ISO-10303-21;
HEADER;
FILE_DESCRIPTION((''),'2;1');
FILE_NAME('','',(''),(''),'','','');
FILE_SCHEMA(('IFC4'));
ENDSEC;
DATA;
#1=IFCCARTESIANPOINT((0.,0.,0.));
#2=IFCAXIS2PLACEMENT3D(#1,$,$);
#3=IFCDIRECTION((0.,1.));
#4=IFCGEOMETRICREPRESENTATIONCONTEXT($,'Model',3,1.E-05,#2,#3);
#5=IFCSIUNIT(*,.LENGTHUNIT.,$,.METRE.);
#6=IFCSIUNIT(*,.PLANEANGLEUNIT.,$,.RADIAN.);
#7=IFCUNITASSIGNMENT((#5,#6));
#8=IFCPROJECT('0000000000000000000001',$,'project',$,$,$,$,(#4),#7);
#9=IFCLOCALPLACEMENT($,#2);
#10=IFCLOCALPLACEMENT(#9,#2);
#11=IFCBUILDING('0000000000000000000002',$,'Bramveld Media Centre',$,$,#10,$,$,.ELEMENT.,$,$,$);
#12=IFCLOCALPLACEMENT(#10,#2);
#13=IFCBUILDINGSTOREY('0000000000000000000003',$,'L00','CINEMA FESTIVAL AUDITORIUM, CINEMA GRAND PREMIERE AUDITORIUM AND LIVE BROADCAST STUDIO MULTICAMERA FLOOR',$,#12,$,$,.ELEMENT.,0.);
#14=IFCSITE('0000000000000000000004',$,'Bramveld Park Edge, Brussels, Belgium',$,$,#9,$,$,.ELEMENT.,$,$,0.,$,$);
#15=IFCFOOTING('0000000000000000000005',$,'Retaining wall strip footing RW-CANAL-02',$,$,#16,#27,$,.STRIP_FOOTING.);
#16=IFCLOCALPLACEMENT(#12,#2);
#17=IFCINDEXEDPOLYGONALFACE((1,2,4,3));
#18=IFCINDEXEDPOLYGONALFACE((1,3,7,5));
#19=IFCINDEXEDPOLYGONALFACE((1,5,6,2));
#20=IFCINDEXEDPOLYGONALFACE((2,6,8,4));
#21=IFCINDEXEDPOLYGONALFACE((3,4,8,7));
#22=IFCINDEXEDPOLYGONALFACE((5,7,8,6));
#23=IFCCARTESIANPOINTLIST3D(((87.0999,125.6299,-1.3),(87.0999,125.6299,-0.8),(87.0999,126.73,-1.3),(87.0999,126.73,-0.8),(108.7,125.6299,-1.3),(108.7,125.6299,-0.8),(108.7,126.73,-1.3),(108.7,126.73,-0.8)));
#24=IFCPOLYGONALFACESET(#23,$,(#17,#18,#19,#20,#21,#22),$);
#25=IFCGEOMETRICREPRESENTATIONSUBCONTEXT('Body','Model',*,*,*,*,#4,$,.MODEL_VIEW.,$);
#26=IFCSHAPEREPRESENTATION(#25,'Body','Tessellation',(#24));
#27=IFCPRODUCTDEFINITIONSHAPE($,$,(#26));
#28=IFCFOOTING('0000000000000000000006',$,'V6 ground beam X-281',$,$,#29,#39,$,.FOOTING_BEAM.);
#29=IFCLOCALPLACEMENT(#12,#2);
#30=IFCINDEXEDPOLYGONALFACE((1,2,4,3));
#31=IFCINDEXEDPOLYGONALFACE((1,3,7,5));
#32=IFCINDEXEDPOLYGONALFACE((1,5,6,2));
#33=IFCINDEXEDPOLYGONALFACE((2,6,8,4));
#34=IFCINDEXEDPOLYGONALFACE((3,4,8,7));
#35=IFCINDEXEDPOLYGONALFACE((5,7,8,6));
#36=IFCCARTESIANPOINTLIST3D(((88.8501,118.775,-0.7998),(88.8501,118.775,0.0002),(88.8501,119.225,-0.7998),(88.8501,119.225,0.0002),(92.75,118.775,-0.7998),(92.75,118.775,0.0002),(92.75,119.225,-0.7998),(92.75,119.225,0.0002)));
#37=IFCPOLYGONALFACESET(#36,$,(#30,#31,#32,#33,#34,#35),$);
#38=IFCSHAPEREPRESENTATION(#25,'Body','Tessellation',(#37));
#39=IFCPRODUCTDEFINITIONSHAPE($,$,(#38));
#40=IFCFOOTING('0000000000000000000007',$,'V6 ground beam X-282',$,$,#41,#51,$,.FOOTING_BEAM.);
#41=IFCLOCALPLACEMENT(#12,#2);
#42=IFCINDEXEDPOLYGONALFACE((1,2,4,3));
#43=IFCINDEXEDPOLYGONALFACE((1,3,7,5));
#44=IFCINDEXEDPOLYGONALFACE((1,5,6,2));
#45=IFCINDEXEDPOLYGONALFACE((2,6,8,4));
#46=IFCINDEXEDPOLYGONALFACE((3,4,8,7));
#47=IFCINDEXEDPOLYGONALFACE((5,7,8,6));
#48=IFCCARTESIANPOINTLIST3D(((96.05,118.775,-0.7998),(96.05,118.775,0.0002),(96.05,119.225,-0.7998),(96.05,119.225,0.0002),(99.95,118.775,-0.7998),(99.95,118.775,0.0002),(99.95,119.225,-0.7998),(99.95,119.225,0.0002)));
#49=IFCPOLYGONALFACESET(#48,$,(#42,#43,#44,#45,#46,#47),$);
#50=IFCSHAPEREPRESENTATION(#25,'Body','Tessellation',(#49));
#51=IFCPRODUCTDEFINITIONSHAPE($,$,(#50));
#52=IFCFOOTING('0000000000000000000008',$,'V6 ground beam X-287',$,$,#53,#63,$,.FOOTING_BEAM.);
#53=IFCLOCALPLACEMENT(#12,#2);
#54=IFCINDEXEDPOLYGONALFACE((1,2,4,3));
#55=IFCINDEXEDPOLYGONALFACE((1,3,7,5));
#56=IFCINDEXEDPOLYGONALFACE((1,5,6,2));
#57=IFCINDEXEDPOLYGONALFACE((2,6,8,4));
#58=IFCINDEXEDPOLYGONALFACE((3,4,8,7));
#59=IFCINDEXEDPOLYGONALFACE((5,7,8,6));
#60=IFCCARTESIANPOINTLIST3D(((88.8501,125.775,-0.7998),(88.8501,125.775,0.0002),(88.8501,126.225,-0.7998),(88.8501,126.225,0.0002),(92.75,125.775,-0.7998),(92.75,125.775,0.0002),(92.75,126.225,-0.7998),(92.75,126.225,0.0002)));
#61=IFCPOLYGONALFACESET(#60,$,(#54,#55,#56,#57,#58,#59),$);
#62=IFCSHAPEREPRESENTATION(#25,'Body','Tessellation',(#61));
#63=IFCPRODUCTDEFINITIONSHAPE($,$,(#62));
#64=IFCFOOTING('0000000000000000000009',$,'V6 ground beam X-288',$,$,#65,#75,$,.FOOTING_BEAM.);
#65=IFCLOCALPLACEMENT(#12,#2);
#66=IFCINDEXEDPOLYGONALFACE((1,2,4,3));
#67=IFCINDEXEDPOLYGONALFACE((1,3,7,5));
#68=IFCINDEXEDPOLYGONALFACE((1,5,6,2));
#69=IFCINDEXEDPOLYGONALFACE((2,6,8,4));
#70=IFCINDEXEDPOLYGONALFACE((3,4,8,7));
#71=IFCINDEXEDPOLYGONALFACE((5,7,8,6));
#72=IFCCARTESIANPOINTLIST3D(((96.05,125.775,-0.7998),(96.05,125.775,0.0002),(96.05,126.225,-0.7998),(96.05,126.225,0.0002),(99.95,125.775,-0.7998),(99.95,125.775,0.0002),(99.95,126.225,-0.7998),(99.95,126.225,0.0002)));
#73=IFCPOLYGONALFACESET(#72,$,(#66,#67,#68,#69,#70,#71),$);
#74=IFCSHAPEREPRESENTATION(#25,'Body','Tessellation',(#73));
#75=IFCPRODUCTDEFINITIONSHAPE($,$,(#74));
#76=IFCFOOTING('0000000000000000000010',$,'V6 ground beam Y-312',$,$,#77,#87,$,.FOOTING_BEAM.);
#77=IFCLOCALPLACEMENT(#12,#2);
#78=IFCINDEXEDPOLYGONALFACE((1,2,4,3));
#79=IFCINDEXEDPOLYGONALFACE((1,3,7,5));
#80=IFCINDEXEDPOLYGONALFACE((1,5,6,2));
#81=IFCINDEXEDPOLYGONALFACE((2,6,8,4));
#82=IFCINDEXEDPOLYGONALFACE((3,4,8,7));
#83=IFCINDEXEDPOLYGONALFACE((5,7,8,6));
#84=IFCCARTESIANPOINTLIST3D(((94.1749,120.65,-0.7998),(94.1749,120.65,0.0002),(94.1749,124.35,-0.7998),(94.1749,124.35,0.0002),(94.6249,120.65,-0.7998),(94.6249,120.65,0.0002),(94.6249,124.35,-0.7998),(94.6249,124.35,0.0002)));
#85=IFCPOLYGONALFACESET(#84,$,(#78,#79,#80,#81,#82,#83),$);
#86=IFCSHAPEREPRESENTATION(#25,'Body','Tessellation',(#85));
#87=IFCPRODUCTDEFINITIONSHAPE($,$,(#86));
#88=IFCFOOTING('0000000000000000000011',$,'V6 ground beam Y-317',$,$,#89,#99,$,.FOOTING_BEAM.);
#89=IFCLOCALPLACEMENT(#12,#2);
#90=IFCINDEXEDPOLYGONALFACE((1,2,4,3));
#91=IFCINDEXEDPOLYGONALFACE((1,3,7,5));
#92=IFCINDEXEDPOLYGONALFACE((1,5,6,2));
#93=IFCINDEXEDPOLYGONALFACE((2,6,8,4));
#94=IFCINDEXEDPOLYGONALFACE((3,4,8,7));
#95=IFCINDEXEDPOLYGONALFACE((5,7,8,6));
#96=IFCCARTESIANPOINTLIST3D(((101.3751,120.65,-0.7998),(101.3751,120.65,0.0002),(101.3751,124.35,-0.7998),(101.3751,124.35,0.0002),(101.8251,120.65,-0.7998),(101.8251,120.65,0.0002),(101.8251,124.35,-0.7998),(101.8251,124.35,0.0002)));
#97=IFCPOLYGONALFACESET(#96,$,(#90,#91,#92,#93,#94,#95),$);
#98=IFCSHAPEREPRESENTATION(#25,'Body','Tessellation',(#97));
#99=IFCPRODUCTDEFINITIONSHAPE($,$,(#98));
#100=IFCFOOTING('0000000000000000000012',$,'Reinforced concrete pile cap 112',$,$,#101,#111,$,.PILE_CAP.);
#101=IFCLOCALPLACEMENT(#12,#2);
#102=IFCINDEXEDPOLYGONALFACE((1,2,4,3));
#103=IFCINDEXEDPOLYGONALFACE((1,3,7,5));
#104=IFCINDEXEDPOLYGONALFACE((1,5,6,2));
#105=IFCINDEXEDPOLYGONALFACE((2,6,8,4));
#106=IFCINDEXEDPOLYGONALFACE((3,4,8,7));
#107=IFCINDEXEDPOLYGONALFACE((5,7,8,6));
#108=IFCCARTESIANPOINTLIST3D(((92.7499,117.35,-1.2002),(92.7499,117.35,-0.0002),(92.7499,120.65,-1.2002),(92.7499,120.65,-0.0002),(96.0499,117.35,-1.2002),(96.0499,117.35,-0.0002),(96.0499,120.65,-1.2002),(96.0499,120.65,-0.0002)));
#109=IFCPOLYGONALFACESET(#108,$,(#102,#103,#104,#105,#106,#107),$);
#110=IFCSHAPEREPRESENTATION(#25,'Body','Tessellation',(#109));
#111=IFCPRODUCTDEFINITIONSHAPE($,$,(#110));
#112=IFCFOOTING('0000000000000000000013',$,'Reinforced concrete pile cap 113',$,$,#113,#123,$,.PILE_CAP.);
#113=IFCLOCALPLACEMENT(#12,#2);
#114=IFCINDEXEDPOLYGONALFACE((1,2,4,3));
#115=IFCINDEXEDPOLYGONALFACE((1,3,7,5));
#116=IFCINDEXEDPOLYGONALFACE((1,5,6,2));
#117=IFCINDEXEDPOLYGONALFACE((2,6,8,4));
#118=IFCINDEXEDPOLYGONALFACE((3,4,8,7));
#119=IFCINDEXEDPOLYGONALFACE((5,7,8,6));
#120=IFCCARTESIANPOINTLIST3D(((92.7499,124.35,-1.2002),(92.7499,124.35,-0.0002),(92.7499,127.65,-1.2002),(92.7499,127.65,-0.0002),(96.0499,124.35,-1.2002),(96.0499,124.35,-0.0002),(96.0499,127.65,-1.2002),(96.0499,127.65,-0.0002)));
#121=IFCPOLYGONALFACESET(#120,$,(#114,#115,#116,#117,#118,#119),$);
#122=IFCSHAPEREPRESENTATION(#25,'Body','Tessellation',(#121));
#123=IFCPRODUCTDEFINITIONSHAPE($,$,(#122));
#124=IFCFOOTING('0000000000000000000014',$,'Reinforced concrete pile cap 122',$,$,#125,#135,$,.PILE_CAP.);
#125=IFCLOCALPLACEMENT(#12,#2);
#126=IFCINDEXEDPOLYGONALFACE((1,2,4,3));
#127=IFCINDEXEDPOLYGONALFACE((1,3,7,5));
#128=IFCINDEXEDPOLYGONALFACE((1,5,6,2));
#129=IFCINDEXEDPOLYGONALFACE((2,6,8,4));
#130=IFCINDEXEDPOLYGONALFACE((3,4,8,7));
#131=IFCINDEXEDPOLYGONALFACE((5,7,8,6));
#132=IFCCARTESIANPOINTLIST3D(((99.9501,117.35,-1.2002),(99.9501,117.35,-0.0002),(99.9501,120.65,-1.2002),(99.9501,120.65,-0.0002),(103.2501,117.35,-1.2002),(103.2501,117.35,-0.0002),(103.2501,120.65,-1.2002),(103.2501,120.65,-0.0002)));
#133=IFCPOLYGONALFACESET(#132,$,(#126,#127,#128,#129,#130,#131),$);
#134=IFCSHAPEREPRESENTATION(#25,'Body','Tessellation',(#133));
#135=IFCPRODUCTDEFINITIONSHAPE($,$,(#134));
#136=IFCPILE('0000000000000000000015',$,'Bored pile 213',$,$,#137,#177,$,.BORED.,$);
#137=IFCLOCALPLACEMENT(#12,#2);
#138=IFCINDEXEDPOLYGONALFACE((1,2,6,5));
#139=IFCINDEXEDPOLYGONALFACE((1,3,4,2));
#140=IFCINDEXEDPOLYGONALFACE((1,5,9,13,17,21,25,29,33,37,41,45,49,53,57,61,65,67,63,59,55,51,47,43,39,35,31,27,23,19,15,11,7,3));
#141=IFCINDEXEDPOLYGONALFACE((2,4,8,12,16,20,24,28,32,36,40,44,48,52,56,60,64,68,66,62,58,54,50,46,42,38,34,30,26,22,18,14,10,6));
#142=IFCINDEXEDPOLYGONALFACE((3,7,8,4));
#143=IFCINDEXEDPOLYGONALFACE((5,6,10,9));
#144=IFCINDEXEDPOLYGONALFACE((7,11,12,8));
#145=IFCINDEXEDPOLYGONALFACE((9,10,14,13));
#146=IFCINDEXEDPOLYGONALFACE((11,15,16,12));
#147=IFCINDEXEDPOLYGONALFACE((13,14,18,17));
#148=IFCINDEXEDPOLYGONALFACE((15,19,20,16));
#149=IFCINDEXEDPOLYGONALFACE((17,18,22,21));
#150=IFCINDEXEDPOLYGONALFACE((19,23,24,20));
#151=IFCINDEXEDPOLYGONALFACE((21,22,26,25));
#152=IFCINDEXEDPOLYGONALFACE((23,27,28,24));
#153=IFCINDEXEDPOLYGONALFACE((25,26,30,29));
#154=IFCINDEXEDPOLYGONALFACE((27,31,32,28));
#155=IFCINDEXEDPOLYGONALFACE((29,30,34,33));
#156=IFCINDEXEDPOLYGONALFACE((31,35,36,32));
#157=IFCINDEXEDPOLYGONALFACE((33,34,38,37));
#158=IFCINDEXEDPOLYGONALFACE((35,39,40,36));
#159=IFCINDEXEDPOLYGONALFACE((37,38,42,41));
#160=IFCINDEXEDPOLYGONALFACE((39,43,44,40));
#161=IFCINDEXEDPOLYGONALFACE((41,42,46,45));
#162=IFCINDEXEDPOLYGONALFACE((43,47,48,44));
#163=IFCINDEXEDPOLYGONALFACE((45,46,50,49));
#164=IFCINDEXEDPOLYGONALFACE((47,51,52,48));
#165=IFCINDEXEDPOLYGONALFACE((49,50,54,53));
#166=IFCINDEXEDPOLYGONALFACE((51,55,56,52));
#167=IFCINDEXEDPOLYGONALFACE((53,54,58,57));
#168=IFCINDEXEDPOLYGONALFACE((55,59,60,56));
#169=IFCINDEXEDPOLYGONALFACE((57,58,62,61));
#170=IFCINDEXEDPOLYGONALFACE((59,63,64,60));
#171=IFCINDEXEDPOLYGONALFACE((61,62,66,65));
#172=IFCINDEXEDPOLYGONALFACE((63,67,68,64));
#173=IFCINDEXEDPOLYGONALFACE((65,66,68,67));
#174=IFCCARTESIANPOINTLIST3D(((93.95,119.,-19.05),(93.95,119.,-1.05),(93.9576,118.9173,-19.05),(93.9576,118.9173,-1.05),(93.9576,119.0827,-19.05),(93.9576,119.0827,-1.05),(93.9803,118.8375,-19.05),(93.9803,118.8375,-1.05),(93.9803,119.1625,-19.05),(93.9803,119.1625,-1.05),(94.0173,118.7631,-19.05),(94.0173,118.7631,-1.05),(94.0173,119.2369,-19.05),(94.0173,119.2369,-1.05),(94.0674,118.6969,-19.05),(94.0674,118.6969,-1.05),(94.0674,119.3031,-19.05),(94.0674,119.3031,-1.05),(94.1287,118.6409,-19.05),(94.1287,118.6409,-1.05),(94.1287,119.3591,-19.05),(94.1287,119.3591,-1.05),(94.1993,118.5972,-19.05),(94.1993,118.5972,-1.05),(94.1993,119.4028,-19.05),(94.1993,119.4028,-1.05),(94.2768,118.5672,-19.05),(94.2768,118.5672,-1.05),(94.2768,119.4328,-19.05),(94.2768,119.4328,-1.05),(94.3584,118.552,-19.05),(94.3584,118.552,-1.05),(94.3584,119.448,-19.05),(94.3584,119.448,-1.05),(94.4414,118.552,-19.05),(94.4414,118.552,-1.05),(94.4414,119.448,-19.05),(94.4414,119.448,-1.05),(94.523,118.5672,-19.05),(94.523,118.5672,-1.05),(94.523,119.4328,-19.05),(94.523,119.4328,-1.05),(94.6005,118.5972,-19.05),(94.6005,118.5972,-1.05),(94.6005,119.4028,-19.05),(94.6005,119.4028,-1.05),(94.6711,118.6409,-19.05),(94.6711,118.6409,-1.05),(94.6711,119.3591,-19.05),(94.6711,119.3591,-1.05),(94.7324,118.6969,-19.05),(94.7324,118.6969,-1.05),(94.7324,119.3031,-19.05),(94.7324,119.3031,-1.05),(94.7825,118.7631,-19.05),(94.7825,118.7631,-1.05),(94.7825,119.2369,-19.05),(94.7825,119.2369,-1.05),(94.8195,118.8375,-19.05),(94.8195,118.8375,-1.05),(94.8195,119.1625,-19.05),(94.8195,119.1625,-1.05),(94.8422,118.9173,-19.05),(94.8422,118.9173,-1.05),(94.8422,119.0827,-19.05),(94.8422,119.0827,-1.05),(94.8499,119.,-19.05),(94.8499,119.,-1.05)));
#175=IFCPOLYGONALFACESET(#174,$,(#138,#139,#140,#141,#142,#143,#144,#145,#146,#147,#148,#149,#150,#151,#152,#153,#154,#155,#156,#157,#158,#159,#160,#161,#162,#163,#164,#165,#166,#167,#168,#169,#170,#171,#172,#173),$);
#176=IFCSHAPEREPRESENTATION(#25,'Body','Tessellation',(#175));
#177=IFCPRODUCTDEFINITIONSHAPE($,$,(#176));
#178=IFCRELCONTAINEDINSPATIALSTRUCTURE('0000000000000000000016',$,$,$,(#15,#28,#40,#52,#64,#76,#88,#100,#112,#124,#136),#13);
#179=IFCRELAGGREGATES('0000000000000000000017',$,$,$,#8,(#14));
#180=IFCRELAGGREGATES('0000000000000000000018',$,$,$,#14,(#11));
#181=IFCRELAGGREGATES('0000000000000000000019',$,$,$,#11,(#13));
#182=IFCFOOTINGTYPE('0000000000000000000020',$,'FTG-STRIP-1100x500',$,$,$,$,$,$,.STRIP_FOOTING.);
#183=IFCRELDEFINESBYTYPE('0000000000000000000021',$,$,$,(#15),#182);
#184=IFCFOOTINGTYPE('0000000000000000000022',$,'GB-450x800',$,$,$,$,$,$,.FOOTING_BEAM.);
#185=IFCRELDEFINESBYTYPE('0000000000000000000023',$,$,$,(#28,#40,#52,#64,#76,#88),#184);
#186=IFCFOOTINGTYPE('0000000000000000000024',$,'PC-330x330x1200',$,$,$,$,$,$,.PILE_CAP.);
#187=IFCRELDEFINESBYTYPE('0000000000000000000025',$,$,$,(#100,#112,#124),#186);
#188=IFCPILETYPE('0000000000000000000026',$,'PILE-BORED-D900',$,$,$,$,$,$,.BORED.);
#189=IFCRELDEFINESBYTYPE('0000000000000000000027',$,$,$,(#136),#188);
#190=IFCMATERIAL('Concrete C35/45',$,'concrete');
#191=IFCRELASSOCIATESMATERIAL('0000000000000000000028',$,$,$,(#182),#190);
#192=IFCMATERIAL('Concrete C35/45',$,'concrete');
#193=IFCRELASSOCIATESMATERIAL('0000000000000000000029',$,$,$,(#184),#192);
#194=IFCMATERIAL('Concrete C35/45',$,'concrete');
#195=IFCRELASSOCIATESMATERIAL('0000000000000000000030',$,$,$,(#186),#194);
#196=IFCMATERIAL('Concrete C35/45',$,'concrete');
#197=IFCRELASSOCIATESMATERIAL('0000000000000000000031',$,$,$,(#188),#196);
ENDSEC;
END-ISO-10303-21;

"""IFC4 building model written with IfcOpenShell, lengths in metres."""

from ifc_helpers import new_model, si_unit, direction, frame, origin, origin_2d, place, context, subcontext, project, spatial, rectangle, circle, extrude, material, material_profile, profile_set, type_object, element, save


model = new_model("IFC4")

# Units and contexts
model_context = context("Model", 3, precision=1e-05, world=origin(), true_north=direction((0.0, 1.0)))
body_context = subcontext(model_context, "Body", "Model", "MODEL_VIEW")
ifc_project = project(units=[si_unit("LENGTHUNIT", "METRE"), si_unit("PLANEANGLEUNIT", "RADIAN")], contexts=[model_context])

# Site, building, storey
site_placement = place(None, origin())
site = spatial("IfcSite", under=ifc_project, at=site_placement, Name="Bramveld Park Edge, Brussels, Belgium", CompositionType="ELEMENT", RefElevation=0.0)
building_placement = place(site_placement, origin())
building = spatial("IfcBuilding", under=site, at=building_placement, Name="Bramveld Media Centre", CompositionType="ELEMENT")
storey_placement = place(building_placement, origin())
storey = spatial("IfcBuildingStorey", under=building, at=storey_placement, Name="L00", Description="CINEMA FESTIVAL AUDITORIUM, CINEMA GRAND PREMIERE AUDITORIUM AND LIVE BROADCAST STUDIO MULTICAMERA FLOOR", CompositionType="ELEMENT", Elevation=0.0)

# Footings
ifc_material_1 = material(Name="Concrete C35/45", Category="concrete")
footing_type_1 = type_object("IfcFootingType", Name="FTG-STRIP-1100x500", PredefinedType="STRIP_FOOTING", material=ifc_material_1)
footing_placement = place(storey_placement, frame((97.8999, 126.1799, -1.3), z_axis=(0.0, 0.0, 1.0), x_axis=(1.0, 0.0, 0.0)))
element("IfcFooting", 1, at=footing_placement, inside=storey, type_object=footing_type_1, Name="Retaining wall strip footing RW-CANAL-02", PredefinedType="STRIP_FOOTING", context=body_context, shape_type="SweptSolid", body=[
    extrude(rectangle(XDim=21.6001, YDim=1.1001, at=origin_2d()), origin(), (0.0, 0.0, 1.0), 0.5),
])
ifc_material_2 = material(Name="Concrete C35/45", Category="concrete")
footing_type_2 = type_object("IfcFootingType", Name="GB-450x800", PredefinedType="FOOTING_BEAM", material=ifc_material_2)
for number, where, z_axis, x_axis, name in (
    (2, (90.8, 119.0, -0.7998), (0.0, 0.0, 1.0), (1.0, 0.0, 0.0), "V6 ground beam X-281"),
    (3, (98.0, 119.0, -0.7998), (0.0, 0.0, 1.0), (1.0, 0.0, 0.0), "V6 ground beam X-282"),
    (4, (90.8, 126.0, -0.7998), (0.0, 0.0, 1.0), (1.0, 0.0, 0.0), "V6 ground beam X-287"),
    (5, (98.0, 126.0, -0.7998), (0.0, 0.0, 1.0), (1.0, 0.0, 0.0), "V6 ground beam X-288"),
):
    element("IfcFooting", number, at=place(storey_placement, frame(where, z_axis=z_axis, x_axis=x_axis)), inside=storey, type_object=footing_type_2, Name=name, PredefinedType="FOOTING_BEAM", context=body_context, shape_type="SweptSolid", body=[
        extrude(rectangle(XDim=3.8999, YDim=0.45, at=origin_2d()), origin(), (0.0, 0.0, 1.0), 0.8),
    ])
for number, where, z_axis, x_axis, name in (
    (6, (94.3999, 122.5, -0.7998), (0.0, 0.0, 1.0), (1.0, 0.0, 0.0), "V6 ground beam Y-312"),
    (7, (101.6001, 122.5, -0.7998), (0.0, 0.0, 1.0), (1.0, 0.0, 0.0), "V6 ground beam Y-317"),
):
    element("IfcFooting", number, at=place(storey_placement, frame(where, z_axis=z_axis, x_axis=x_axis)), inside=storey, type_object=footing_type_2, Name=name, PredefinedType="FOOTING_BEAM", context=body_context, shape_type="SweptSolid", body=[
        extrude(rectangle(XDim=0.45, YDim=3.7, at=origin_2d()), origin(), (0.0, 0.0, 1.0), 0.8),
    ])
ifc_material_3 = material(Name="Concrete C35/45", Category="concrete")
footing_type_3 = type_object("IfcFootingType", Name="PC-330x330x1200", PredefinedType="PILE_CAP", material=ifc_material_3)
for number, where, z_axis, x_axis, name in (
    (8, (94.3999, 119.0, -1.2002), (0.0, 0.0, 1.0), (1.0, 0.0, 0.0), "Reinforced concrete pile cap 112"),
    (9, (94.3999, 126.0, -1.2002), (0.0, 0.0, 1.0), (1.0, 0.0, 0.0), "Reinforced concrete pile cap 113"),
    (10, (101.6001, 119.0, -1.2002), (0.0, 0.0, 1.0), (1.0, 0.0, 0.0), "Reinforced concrete pile cap 122"),
):
    element("IfcFooting", number, at=place(storey_placement, frame(where, z_axis=z_axis, x_axis=x_axis)), inside=storey, type_object=footing_type_3, Name=name, PredefinedType="PILE_CAP", context=body_context, shape_type="SweptSolid", body=[
        extrude(rectangle(XDim=3.3, YDim=3.3, at=origin_2d()), origin(), (0.0, 0.0, 1.0), 1.2),
    ])

# Pile
ifc_material_4 = material(Name="Concrete C35/45", Category="concrete")
ifc_material_profile_1 = material_profile(ifc_material_4, circle(Radius=0.45, at=origin_2d()), Name="BORED D900")
ifc_profile_set_1 = profile_set([ifc_material_profile_1], Name="Concrete C35/45")
pile_type = type_object("IfcPileType", Name="PILE-BORED-D900", PredefinedType="BORED", material=ifc_profile_set_1)
for number, where, z_axis, x_axis, name in (
    (11, (94.3999, 119.0, -1.05), (0.0, 0.0, -1.0), (1.0, 0.0, 0.0), "Bored pile 213"),
):
    element("IfcPile", number, at=place(storey_placement, frame(where, z_axis=z_axis, x_axis=x_axis)), inside=storey, type_object=pile_type, Name=name, PredefinedType="BORED", context=body_context, shape_type="SweptSolid", body=[
        extrude(circle(Radius=0.45, at=origin_2d()), origin(), (0.0, 0.0, 1.0), 18.0),
    ])

save(model, "model.ifc")
